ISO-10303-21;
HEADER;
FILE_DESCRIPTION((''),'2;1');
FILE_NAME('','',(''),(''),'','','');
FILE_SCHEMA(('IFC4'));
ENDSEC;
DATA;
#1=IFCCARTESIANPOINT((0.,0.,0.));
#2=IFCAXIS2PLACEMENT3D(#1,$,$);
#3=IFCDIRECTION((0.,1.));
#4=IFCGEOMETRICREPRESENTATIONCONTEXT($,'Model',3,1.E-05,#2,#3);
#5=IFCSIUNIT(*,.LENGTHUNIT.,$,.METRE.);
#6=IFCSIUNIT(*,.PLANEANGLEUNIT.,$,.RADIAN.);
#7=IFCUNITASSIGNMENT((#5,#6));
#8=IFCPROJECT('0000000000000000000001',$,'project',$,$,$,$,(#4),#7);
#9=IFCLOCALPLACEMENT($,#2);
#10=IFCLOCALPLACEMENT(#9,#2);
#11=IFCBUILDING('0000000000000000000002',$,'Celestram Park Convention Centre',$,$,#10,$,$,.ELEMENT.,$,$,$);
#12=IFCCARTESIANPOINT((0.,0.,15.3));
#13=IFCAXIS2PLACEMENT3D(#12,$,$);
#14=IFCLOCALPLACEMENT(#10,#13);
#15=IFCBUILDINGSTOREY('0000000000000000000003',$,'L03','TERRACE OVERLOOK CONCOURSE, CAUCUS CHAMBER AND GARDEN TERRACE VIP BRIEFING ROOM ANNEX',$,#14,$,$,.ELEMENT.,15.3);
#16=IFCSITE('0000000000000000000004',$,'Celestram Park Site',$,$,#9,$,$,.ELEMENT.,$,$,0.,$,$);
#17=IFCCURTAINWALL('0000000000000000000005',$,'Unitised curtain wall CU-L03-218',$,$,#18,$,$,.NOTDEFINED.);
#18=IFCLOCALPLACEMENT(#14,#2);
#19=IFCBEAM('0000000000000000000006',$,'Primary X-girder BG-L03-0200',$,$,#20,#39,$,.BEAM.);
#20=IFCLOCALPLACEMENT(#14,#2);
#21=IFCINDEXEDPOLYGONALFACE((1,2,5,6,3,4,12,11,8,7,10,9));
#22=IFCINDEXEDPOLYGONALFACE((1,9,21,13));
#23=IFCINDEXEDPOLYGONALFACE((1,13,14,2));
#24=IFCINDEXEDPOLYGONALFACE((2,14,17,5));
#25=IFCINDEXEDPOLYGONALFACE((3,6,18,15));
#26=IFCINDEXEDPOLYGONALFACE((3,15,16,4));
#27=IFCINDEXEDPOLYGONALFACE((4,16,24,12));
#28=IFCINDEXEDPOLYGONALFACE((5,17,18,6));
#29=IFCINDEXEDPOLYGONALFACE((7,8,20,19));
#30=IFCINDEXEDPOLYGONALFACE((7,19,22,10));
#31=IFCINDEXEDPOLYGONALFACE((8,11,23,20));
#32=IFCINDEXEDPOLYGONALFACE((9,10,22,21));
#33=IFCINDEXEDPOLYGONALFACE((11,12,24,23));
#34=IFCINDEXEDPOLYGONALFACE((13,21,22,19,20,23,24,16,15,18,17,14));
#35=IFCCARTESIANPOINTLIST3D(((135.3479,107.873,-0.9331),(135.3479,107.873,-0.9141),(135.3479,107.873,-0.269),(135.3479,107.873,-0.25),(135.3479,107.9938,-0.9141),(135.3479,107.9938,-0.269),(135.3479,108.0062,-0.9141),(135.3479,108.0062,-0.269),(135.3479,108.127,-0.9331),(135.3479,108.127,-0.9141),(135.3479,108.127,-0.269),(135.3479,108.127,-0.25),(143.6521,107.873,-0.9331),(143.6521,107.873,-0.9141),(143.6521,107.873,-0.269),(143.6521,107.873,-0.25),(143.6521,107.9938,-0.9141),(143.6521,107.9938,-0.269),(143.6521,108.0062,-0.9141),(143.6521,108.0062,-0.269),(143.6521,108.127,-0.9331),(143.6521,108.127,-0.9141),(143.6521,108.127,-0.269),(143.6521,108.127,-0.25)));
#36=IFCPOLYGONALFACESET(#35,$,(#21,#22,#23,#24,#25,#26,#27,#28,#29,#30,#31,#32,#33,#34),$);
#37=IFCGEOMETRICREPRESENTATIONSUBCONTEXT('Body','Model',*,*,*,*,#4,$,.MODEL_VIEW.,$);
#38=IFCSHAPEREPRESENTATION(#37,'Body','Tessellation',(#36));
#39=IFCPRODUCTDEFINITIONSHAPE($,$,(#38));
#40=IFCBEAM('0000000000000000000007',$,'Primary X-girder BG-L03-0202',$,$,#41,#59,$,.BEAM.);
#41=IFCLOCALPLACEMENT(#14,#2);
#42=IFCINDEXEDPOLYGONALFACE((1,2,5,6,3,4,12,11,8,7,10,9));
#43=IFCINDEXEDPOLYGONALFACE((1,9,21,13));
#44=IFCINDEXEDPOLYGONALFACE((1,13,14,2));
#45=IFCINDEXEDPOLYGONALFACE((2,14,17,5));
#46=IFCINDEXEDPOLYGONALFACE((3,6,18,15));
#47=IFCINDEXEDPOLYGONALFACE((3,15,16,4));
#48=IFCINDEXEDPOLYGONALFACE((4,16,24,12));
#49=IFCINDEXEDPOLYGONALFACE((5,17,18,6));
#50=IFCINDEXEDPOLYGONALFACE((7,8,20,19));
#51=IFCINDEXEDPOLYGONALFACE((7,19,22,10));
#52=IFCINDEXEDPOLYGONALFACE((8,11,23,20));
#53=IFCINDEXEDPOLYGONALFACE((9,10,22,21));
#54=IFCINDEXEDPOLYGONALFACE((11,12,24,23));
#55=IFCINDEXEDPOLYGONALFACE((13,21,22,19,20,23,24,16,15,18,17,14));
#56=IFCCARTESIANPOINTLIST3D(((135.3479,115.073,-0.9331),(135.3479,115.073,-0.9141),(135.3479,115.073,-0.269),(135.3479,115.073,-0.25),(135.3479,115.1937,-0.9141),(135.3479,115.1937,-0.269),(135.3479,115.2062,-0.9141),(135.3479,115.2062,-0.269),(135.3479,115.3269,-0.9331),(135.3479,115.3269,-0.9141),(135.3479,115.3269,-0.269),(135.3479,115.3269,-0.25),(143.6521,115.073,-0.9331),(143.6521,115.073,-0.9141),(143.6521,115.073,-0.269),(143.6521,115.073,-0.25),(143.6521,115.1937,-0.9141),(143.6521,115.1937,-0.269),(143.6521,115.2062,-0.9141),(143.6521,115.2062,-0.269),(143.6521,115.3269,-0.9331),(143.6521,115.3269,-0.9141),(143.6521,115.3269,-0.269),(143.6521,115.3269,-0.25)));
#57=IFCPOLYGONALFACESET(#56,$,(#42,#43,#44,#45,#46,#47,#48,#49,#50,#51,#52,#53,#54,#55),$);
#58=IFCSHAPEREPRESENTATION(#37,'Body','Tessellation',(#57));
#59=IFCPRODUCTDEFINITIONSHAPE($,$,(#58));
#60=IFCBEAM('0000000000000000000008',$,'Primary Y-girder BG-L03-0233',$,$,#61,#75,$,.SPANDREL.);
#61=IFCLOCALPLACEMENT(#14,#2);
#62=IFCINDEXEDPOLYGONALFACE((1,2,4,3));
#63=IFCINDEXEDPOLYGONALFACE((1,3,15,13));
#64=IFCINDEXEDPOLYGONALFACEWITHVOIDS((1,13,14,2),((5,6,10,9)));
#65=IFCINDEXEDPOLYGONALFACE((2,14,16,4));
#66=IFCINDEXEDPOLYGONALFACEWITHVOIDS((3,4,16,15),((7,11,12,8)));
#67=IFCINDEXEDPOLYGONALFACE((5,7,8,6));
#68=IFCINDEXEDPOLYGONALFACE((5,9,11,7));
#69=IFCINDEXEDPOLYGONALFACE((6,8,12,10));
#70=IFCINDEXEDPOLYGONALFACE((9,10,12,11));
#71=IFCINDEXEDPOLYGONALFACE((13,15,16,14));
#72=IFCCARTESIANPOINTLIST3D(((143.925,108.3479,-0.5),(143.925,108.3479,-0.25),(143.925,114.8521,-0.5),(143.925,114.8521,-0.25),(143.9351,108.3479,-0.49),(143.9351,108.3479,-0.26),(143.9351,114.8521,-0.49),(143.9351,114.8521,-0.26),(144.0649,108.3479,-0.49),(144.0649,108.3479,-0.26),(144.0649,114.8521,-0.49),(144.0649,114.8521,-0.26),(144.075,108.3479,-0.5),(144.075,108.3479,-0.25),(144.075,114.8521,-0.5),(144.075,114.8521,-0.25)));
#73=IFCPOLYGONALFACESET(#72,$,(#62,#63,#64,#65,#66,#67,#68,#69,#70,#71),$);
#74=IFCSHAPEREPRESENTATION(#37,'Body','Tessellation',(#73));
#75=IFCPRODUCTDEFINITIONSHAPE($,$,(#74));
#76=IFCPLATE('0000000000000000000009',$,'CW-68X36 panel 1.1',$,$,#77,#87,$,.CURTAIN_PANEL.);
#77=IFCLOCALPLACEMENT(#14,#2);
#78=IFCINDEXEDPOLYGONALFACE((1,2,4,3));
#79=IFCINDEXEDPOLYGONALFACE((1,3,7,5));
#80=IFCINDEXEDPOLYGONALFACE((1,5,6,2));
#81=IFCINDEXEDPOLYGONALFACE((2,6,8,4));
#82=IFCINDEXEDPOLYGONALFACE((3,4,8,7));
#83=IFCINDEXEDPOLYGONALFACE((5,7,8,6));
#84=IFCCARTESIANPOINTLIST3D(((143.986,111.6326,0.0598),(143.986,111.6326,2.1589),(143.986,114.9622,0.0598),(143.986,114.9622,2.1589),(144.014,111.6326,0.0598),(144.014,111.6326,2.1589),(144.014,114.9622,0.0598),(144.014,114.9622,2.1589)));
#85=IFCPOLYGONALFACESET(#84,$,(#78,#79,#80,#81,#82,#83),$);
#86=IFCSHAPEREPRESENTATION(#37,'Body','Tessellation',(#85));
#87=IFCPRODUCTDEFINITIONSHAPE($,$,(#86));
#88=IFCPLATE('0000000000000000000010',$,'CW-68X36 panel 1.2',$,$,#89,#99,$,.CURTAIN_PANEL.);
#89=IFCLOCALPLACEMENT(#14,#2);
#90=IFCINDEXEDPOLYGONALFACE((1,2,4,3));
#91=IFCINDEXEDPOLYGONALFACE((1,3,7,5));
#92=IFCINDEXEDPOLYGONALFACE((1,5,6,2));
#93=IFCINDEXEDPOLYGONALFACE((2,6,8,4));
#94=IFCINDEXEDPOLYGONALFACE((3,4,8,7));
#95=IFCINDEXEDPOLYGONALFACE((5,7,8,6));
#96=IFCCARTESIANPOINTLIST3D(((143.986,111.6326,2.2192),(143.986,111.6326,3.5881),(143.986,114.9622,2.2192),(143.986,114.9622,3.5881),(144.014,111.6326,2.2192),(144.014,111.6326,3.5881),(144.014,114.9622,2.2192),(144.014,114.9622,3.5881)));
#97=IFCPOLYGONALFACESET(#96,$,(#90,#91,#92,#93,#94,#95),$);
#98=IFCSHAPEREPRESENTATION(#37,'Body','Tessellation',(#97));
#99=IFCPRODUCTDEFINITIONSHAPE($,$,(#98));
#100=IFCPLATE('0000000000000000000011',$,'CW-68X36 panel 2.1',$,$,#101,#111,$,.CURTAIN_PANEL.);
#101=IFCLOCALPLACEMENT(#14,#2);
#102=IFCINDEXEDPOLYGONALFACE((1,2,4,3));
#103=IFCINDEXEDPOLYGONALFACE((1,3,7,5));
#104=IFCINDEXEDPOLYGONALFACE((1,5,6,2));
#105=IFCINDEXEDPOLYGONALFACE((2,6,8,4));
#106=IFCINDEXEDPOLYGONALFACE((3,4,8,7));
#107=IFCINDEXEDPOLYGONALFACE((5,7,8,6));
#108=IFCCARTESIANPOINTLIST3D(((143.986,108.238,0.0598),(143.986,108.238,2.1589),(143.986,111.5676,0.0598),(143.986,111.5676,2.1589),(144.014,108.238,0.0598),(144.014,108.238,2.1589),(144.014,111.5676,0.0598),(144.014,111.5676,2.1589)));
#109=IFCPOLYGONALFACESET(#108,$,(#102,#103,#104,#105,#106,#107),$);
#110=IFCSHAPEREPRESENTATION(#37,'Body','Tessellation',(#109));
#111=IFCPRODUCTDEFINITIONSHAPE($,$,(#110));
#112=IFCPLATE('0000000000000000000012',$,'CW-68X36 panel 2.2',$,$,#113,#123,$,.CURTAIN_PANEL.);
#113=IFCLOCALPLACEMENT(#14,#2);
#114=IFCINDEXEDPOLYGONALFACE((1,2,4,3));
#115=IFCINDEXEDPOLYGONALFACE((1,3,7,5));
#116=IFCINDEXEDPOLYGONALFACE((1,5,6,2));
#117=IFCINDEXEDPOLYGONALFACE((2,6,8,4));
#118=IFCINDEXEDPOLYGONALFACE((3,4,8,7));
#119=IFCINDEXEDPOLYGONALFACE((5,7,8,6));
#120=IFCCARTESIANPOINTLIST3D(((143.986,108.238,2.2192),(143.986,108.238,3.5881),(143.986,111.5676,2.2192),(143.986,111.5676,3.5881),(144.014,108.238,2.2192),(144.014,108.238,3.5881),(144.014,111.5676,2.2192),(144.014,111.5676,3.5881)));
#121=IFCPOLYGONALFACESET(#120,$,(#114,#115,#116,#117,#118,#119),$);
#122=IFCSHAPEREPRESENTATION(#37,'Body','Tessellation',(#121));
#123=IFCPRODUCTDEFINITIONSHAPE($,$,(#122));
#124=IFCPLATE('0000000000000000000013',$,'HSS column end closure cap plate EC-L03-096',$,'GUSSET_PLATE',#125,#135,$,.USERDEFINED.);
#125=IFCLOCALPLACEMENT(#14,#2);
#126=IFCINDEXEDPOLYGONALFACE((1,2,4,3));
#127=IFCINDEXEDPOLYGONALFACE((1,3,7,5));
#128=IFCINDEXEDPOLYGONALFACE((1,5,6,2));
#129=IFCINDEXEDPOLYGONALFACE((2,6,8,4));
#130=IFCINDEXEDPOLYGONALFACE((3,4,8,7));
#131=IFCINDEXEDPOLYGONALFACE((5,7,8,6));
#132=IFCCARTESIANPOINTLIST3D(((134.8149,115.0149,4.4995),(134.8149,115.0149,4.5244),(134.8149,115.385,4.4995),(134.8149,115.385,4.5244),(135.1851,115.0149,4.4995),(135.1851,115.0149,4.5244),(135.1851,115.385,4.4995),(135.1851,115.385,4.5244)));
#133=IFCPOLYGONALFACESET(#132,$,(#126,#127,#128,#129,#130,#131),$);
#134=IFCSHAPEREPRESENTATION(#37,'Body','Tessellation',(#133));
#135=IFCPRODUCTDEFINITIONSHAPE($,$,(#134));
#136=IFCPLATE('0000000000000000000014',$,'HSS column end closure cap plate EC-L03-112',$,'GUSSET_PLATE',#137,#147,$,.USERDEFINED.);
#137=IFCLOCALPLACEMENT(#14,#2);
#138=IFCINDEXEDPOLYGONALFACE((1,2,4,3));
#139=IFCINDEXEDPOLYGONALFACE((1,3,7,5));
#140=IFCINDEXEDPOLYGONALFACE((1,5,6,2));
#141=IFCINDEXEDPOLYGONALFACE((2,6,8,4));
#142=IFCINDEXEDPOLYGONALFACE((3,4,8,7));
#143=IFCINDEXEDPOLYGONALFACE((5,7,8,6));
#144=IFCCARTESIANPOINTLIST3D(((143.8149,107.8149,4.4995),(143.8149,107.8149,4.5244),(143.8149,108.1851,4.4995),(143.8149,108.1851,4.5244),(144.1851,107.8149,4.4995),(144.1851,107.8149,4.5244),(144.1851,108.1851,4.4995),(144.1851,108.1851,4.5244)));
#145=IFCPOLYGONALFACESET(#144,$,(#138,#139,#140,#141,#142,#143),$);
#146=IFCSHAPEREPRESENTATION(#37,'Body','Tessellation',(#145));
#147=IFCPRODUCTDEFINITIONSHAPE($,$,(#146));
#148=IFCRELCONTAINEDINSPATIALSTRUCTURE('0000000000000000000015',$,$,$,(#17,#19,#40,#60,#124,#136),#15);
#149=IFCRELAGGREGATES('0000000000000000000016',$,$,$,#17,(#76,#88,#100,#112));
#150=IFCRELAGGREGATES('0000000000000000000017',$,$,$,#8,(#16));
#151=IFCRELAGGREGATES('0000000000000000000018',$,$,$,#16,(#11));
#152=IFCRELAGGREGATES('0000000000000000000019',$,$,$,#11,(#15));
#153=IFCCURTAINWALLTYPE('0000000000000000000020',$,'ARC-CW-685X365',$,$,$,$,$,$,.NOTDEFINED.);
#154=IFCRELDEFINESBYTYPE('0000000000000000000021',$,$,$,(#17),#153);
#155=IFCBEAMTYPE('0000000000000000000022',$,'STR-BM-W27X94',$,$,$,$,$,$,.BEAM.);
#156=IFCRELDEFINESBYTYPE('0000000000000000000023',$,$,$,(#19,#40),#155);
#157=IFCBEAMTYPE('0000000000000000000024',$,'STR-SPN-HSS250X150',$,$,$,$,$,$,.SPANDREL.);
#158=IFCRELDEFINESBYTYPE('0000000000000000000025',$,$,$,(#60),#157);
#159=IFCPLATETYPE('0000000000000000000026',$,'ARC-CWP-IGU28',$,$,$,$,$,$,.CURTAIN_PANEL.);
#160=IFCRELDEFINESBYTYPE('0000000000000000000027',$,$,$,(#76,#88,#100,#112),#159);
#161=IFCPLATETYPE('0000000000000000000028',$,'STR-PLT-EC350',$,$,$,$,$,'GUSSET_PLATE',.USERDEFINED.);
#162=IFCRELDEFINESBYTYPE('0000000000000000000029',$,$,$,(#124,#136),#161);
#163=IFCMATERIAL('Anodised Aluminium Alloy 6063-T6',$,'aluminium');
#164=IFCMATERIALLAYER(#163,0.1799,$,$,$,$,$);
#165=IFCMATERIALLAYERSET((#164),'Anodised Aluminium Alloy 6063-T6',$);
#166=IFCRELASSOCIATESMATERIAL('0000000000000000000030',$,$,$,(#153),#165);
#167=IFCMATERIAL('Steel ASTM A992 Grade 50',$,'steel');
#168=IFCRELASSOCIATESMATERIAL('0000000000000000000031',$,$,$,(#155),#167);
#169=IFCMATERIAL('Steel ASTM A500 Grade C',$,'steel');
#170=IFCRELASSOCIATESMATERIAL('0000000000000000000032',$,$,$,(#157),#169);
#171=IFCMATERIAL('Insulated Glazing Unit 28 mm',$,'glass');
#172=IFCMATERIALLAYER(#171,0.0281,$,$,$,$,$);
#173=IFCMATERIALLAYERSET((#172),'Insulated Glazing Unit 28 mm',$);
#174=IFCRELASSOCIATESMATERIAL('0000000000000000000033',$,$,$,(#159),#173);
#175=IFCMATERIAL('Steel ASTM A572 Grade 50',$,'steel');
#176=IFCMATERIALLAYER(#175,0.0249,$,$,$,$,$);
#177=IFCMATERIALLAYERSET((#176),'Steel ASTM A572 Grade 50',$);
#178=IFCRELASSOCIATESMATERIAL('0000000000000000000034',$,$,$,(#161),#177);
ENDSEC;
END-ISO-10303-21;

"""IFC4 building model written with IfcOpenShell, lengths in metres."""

from ifc_helpers import new_model, si_unit, direction, frame, origin, origin_2d, place, context, subcontext, project, spatial, rectangle, hollow_rectangle, i_section, extrude, material, layer, layer_set, material_profile, profile_set, type_object, element, aggregate, save


model = new_model("IFC4")

# Units and contexts
model_context = context("Model", 3, precision=1e-05, world=origin(), true_north=direction((0.0, 1.0)))
body_context = subcontext(model_context, "Body", "Model", "MODEL_VIEW")
ifc_project = project(units=[si_unit("LENGTHUNIT", "METRE"), si_unit("PLANEANGLEUNIT", "RADIAN")], contexts=[model_context])

# Site, building, storey
site_placement = place(None, origin())
site = spatial("IfcSite", under=ifc_project, at=site_placement, Name="Celestram Park Site", CompositionType="ELEMENT", RefElevation=0.0)
building_placement = place(site_placement, origin())
building = spatial("IfcBuilding", under=site, at=building_placement, Name="Celestram Park Convention Centre", CompositionType="ELEMENT")
storey_placement = place(building_placement, frame((0.0, 0.0, 15.3)))
storey = spatial("IfcBuildingStorey", under=building, at=storey_placement, Name="L03", Description="TERRACE OVERLOOK CONCOURSE, CAUCUS CHAMBER AND GARDEN TERRACE VIP BRIEFING ROOM ANNEX", CompositionType="ELEMENT", Elevation=15.3)

# Shared definitions
ifc_material_1 = material(Name="Steel ASTM A500 Grade C", Category="steel")

# Curtain wall
ifc_material_2 = material(Name="Anodised Aluminium Alloy 6063-T6", Category="aluminium")
ifc_layer_1 = layer(ifc_material_2, 0.1799)
ifc_layer_set_1 = layer_set([ifc_layer_1], Name="Anodised Aluminium Alloy 6063-T6")
curtain_wall_type = type_object("IfcCurtainWallType", Name="ARC-CW-685X365", PredefinedType="NOTDEFINED", material=ifc_layer_set_1)
curtain_wall_placement = place(storey_placement, origin())
curtain_wall = element("IfcCurtainWall", 1, at=curtain_wall_placement, inside=storey, type_object=curtain_wall_type, Name="Unitised curtain wall CU-L03-218", PredefinedType="NOTDEFINED")

# Beams
ifc_material_3 = material(Name="Steel ASTM A992 Grade 50", Category="steel")
ifc_material_profile_1 = material_profile(ifc_material_3, i_section(OverallWidth=0.2539, OverallDepth=0.6831, WebThickness=0.0125, FlangeThickness=0.019, at=origin_2d()), Name="W27X94")
ifc_profile_set_1 = profile_set([ifc_material_profile_1], Name="Steel ASTM A992 Grade 50")
beam_type_1 = type_object("IfcBeamType", Name="STR-BM-W27X94", PredefinedType="BEAM", material=ifc_profile_set_1)
for number, where, z_axis, x_axis, name in (
    (2, (135.3479, 108.0, -0.5916), (1.0, 0.0, 0.0), (0.0, 1.0, 0.0), "Primary X-girder BG-L03-0200"),
    (3, (135.3479, 115.2, -0.5916), (1.0, 0.0, 0.0), (0.0, 1.0, 0.0), "Primary X-girder BG-L03-0202"),
):
    element("IfcBeam", number, at=place(storey_placement, frame(where, z_axis=z_axis, x_axis=x_axis)), inside=storey, type_object=beam_type_1, Name=name, PredefinedType="BEAM", context=body_context, shape_type="SweptSolid", body=[
        extrude(i_section(OverallWidth=0.2539, OverallDepth=0.6831, WebThickness=0.0125, FlangeThickness=0.019, at=origin_2d()), origin(), (0.0, 0.0, 1.0), 8.3042),
    ])
ifc_material_profile_2 = material_profile(ifc_material_1, hollow_rectangle(XDim=0.1499, YDim=0.25, WallThickness=0.01, at=origin_2d()), Name="HSS250X150X10")
ifc_profile_set_2 = profile_set([ifc_material_profile_2], Name="Steel ASTM A500 Grade C")
beam_type_2 = type_object("IfcBeamType", Name="STR-SPN-HSS250X150", PredefinedType="SPANDREL", material=ifc_profile_set_2)
beam_placement = place(storey_placement, frame((144.0, 108.3479, -0.375), z_axis=(0.0, 1.0, 0.0), x_axis=(-1.0, 0.0, 0.0)))
element("IfcBeam", 4, at=beam_placement, inside=storey, type_object=beam_type_2, Name="Primary Y-girder BG-L03-0233", PredefinedType="SPANDREL", context=body_context, shape_type="SweptSolid", body=[
    extrude(hollow_rectangle(XDim=0.1499, YDim=0.25, WallThickness=0.01, at=origin_2d()), origin(), (0.0, 0.0, 1.0), 6.5042),
])

# Plates
ifc_material_4 = material(Name="Insulated Glazing Unit 28 mm", Category="glass")
ifc_layer_2 = layer(ifc_material_4, 0.0281)
ifc_layer_set_2 = layer_set([ifc_layer_2], Name="Insulated Glazing Unit 28 mm")
plate_type_1 = type_object("IfcPlateType", Name="ARC-CWP-IGU28", PredefinedType="CURTAIN_PANEL", material=ifc_layer_set_2)
plate_1_placement = place(storey_placement, frame((144.0, 113.2974, 0.0598), z_axis=(0.0, 0.0, 1.0), x_axis=(0.0, -1.0, 0.0)))
plate_1 = element("IfcPlate", 5, at=plate_1_placement, type_object=plate_type_1, Name="CW-68X36 panel 1.1", PredefinedType="CURTAIN_PANEL", context=body_context, shape_type="SweptSolid", body=[
    extrude(rectangle(XDim=3.3296, YDim=0.0281, at=origin_2d()), origin(), (0.0, 0.0, 1.0), 2.0991),
])
plate_2_placement = place(storey_placement, frame((144.0, 113.2974, 2.2192), z_axis=(0.0, 0.0, 1.0), x_axis=(0.0, -1.0, 0.0)))
plate_2 = element("IfcPlate", 6, at=plate_2_placement, type_object=plate_type_1, Name="CW-68X36 panel 1.2", PredefinedType="CURTAIN_PANEL", context=body_context, shape_type="SweptSolid", body=[
    extrude(rectangle(XDim=3.3296, YDim=0.0281, at=origin_2d()), origin(), (0.0, 0.0, 1.0), 1.3689),
])
plate_3_placement = place(storey_placement, frame((144.0, 109.9028, 0.0598), z_axis=(0.0, 0.0, 1.0), x_axis=(0.0, -1.0, 0.0)))
plate_3 = element("IfcPlate", 7, at=plate_3_placement, type_object=plate_type_1, Name="CW-68X36 panel 2.1", PredefinedType="CURTAIN_PANEL", context=body_context, shape_type="SweptSolid", body=[
    extrude(rectangle(XDim=3.3296, YDim=0.0281, at=origin_2d()), origin(), (0.0, 0.0, 1.0), 2.0991),
])
plate_4_placement = place(storey_placement, frame((144.0, 109.9028, 2.2192), z_axis=(0.0, 0.0, 1.0), x_axis=(0.0, -1.0, 0.0)))
plate_4 = element("IfcPlate", 8, at=plate_4_placement, type_object=plate_type_1, Name="CW-68X36 panel 2.2", PredefinedType="CURTAIN_PANEL", context=body_context, shape_type="SweptSolid", body=[
    extrude(rectangle(XDim=3.3296, YDim=0.0281, at=origin_2d()), origin(), (0.0, 0.0, 1.0), 1.3689),
])
aggregate(curtain_wall, [plate_1, plate_2, plate_3, plate_4])

# Plates
ifc_material_5 = material(Name="Steel ASTM A572 Grade 50", Category="steel")
ifc_layer_3 = layer(ifc_material_5, 0.0249)
ifc_layer_set_3 = layer_set([ifc_layer_3], Name="Steel ASTM A572 Grade 50")
plate_type_2 = type_object("IfcPlateType", Name="STR-PLT-EC350", ElementType="GUSSET_PLATE", PredefinedType="USERDEFINED", material=ifc_layer_set_3)
for number, where, z_axis, x_axis, name in (
    (9, (135.0, 115.2, 4.4995), (0.0, 0.0, 1.0), (1.0, 0.0, 0.0), "HSS column end closure cap plate EC-L03-096"),
    (10, (144.0, 108.0, 4.4995), (0.0, 0.0, 1.0), (1.0, 0.0, 0.0), "HSS column end closure cap plate EC-L03-112"),
):
    element("IfcPlate", number, at=place(storey_placement, frame(where, z_axis=z_axis, x_axis=x_axis)), inside=storey, type_object=plate_type_2, Name=name, ObjectType="GUSSET_PLATE", PredefinedType="USERDEFINED", context=body_context, shape_type="SweptSolid", body=[
        extrude(rectangle(XDim=0.3701, YDim=0.3701, at=origin_2d()), origin(), (0.0, 0.0, 1.0), 0.0249),
    ])

save(model, "model.ifc")
